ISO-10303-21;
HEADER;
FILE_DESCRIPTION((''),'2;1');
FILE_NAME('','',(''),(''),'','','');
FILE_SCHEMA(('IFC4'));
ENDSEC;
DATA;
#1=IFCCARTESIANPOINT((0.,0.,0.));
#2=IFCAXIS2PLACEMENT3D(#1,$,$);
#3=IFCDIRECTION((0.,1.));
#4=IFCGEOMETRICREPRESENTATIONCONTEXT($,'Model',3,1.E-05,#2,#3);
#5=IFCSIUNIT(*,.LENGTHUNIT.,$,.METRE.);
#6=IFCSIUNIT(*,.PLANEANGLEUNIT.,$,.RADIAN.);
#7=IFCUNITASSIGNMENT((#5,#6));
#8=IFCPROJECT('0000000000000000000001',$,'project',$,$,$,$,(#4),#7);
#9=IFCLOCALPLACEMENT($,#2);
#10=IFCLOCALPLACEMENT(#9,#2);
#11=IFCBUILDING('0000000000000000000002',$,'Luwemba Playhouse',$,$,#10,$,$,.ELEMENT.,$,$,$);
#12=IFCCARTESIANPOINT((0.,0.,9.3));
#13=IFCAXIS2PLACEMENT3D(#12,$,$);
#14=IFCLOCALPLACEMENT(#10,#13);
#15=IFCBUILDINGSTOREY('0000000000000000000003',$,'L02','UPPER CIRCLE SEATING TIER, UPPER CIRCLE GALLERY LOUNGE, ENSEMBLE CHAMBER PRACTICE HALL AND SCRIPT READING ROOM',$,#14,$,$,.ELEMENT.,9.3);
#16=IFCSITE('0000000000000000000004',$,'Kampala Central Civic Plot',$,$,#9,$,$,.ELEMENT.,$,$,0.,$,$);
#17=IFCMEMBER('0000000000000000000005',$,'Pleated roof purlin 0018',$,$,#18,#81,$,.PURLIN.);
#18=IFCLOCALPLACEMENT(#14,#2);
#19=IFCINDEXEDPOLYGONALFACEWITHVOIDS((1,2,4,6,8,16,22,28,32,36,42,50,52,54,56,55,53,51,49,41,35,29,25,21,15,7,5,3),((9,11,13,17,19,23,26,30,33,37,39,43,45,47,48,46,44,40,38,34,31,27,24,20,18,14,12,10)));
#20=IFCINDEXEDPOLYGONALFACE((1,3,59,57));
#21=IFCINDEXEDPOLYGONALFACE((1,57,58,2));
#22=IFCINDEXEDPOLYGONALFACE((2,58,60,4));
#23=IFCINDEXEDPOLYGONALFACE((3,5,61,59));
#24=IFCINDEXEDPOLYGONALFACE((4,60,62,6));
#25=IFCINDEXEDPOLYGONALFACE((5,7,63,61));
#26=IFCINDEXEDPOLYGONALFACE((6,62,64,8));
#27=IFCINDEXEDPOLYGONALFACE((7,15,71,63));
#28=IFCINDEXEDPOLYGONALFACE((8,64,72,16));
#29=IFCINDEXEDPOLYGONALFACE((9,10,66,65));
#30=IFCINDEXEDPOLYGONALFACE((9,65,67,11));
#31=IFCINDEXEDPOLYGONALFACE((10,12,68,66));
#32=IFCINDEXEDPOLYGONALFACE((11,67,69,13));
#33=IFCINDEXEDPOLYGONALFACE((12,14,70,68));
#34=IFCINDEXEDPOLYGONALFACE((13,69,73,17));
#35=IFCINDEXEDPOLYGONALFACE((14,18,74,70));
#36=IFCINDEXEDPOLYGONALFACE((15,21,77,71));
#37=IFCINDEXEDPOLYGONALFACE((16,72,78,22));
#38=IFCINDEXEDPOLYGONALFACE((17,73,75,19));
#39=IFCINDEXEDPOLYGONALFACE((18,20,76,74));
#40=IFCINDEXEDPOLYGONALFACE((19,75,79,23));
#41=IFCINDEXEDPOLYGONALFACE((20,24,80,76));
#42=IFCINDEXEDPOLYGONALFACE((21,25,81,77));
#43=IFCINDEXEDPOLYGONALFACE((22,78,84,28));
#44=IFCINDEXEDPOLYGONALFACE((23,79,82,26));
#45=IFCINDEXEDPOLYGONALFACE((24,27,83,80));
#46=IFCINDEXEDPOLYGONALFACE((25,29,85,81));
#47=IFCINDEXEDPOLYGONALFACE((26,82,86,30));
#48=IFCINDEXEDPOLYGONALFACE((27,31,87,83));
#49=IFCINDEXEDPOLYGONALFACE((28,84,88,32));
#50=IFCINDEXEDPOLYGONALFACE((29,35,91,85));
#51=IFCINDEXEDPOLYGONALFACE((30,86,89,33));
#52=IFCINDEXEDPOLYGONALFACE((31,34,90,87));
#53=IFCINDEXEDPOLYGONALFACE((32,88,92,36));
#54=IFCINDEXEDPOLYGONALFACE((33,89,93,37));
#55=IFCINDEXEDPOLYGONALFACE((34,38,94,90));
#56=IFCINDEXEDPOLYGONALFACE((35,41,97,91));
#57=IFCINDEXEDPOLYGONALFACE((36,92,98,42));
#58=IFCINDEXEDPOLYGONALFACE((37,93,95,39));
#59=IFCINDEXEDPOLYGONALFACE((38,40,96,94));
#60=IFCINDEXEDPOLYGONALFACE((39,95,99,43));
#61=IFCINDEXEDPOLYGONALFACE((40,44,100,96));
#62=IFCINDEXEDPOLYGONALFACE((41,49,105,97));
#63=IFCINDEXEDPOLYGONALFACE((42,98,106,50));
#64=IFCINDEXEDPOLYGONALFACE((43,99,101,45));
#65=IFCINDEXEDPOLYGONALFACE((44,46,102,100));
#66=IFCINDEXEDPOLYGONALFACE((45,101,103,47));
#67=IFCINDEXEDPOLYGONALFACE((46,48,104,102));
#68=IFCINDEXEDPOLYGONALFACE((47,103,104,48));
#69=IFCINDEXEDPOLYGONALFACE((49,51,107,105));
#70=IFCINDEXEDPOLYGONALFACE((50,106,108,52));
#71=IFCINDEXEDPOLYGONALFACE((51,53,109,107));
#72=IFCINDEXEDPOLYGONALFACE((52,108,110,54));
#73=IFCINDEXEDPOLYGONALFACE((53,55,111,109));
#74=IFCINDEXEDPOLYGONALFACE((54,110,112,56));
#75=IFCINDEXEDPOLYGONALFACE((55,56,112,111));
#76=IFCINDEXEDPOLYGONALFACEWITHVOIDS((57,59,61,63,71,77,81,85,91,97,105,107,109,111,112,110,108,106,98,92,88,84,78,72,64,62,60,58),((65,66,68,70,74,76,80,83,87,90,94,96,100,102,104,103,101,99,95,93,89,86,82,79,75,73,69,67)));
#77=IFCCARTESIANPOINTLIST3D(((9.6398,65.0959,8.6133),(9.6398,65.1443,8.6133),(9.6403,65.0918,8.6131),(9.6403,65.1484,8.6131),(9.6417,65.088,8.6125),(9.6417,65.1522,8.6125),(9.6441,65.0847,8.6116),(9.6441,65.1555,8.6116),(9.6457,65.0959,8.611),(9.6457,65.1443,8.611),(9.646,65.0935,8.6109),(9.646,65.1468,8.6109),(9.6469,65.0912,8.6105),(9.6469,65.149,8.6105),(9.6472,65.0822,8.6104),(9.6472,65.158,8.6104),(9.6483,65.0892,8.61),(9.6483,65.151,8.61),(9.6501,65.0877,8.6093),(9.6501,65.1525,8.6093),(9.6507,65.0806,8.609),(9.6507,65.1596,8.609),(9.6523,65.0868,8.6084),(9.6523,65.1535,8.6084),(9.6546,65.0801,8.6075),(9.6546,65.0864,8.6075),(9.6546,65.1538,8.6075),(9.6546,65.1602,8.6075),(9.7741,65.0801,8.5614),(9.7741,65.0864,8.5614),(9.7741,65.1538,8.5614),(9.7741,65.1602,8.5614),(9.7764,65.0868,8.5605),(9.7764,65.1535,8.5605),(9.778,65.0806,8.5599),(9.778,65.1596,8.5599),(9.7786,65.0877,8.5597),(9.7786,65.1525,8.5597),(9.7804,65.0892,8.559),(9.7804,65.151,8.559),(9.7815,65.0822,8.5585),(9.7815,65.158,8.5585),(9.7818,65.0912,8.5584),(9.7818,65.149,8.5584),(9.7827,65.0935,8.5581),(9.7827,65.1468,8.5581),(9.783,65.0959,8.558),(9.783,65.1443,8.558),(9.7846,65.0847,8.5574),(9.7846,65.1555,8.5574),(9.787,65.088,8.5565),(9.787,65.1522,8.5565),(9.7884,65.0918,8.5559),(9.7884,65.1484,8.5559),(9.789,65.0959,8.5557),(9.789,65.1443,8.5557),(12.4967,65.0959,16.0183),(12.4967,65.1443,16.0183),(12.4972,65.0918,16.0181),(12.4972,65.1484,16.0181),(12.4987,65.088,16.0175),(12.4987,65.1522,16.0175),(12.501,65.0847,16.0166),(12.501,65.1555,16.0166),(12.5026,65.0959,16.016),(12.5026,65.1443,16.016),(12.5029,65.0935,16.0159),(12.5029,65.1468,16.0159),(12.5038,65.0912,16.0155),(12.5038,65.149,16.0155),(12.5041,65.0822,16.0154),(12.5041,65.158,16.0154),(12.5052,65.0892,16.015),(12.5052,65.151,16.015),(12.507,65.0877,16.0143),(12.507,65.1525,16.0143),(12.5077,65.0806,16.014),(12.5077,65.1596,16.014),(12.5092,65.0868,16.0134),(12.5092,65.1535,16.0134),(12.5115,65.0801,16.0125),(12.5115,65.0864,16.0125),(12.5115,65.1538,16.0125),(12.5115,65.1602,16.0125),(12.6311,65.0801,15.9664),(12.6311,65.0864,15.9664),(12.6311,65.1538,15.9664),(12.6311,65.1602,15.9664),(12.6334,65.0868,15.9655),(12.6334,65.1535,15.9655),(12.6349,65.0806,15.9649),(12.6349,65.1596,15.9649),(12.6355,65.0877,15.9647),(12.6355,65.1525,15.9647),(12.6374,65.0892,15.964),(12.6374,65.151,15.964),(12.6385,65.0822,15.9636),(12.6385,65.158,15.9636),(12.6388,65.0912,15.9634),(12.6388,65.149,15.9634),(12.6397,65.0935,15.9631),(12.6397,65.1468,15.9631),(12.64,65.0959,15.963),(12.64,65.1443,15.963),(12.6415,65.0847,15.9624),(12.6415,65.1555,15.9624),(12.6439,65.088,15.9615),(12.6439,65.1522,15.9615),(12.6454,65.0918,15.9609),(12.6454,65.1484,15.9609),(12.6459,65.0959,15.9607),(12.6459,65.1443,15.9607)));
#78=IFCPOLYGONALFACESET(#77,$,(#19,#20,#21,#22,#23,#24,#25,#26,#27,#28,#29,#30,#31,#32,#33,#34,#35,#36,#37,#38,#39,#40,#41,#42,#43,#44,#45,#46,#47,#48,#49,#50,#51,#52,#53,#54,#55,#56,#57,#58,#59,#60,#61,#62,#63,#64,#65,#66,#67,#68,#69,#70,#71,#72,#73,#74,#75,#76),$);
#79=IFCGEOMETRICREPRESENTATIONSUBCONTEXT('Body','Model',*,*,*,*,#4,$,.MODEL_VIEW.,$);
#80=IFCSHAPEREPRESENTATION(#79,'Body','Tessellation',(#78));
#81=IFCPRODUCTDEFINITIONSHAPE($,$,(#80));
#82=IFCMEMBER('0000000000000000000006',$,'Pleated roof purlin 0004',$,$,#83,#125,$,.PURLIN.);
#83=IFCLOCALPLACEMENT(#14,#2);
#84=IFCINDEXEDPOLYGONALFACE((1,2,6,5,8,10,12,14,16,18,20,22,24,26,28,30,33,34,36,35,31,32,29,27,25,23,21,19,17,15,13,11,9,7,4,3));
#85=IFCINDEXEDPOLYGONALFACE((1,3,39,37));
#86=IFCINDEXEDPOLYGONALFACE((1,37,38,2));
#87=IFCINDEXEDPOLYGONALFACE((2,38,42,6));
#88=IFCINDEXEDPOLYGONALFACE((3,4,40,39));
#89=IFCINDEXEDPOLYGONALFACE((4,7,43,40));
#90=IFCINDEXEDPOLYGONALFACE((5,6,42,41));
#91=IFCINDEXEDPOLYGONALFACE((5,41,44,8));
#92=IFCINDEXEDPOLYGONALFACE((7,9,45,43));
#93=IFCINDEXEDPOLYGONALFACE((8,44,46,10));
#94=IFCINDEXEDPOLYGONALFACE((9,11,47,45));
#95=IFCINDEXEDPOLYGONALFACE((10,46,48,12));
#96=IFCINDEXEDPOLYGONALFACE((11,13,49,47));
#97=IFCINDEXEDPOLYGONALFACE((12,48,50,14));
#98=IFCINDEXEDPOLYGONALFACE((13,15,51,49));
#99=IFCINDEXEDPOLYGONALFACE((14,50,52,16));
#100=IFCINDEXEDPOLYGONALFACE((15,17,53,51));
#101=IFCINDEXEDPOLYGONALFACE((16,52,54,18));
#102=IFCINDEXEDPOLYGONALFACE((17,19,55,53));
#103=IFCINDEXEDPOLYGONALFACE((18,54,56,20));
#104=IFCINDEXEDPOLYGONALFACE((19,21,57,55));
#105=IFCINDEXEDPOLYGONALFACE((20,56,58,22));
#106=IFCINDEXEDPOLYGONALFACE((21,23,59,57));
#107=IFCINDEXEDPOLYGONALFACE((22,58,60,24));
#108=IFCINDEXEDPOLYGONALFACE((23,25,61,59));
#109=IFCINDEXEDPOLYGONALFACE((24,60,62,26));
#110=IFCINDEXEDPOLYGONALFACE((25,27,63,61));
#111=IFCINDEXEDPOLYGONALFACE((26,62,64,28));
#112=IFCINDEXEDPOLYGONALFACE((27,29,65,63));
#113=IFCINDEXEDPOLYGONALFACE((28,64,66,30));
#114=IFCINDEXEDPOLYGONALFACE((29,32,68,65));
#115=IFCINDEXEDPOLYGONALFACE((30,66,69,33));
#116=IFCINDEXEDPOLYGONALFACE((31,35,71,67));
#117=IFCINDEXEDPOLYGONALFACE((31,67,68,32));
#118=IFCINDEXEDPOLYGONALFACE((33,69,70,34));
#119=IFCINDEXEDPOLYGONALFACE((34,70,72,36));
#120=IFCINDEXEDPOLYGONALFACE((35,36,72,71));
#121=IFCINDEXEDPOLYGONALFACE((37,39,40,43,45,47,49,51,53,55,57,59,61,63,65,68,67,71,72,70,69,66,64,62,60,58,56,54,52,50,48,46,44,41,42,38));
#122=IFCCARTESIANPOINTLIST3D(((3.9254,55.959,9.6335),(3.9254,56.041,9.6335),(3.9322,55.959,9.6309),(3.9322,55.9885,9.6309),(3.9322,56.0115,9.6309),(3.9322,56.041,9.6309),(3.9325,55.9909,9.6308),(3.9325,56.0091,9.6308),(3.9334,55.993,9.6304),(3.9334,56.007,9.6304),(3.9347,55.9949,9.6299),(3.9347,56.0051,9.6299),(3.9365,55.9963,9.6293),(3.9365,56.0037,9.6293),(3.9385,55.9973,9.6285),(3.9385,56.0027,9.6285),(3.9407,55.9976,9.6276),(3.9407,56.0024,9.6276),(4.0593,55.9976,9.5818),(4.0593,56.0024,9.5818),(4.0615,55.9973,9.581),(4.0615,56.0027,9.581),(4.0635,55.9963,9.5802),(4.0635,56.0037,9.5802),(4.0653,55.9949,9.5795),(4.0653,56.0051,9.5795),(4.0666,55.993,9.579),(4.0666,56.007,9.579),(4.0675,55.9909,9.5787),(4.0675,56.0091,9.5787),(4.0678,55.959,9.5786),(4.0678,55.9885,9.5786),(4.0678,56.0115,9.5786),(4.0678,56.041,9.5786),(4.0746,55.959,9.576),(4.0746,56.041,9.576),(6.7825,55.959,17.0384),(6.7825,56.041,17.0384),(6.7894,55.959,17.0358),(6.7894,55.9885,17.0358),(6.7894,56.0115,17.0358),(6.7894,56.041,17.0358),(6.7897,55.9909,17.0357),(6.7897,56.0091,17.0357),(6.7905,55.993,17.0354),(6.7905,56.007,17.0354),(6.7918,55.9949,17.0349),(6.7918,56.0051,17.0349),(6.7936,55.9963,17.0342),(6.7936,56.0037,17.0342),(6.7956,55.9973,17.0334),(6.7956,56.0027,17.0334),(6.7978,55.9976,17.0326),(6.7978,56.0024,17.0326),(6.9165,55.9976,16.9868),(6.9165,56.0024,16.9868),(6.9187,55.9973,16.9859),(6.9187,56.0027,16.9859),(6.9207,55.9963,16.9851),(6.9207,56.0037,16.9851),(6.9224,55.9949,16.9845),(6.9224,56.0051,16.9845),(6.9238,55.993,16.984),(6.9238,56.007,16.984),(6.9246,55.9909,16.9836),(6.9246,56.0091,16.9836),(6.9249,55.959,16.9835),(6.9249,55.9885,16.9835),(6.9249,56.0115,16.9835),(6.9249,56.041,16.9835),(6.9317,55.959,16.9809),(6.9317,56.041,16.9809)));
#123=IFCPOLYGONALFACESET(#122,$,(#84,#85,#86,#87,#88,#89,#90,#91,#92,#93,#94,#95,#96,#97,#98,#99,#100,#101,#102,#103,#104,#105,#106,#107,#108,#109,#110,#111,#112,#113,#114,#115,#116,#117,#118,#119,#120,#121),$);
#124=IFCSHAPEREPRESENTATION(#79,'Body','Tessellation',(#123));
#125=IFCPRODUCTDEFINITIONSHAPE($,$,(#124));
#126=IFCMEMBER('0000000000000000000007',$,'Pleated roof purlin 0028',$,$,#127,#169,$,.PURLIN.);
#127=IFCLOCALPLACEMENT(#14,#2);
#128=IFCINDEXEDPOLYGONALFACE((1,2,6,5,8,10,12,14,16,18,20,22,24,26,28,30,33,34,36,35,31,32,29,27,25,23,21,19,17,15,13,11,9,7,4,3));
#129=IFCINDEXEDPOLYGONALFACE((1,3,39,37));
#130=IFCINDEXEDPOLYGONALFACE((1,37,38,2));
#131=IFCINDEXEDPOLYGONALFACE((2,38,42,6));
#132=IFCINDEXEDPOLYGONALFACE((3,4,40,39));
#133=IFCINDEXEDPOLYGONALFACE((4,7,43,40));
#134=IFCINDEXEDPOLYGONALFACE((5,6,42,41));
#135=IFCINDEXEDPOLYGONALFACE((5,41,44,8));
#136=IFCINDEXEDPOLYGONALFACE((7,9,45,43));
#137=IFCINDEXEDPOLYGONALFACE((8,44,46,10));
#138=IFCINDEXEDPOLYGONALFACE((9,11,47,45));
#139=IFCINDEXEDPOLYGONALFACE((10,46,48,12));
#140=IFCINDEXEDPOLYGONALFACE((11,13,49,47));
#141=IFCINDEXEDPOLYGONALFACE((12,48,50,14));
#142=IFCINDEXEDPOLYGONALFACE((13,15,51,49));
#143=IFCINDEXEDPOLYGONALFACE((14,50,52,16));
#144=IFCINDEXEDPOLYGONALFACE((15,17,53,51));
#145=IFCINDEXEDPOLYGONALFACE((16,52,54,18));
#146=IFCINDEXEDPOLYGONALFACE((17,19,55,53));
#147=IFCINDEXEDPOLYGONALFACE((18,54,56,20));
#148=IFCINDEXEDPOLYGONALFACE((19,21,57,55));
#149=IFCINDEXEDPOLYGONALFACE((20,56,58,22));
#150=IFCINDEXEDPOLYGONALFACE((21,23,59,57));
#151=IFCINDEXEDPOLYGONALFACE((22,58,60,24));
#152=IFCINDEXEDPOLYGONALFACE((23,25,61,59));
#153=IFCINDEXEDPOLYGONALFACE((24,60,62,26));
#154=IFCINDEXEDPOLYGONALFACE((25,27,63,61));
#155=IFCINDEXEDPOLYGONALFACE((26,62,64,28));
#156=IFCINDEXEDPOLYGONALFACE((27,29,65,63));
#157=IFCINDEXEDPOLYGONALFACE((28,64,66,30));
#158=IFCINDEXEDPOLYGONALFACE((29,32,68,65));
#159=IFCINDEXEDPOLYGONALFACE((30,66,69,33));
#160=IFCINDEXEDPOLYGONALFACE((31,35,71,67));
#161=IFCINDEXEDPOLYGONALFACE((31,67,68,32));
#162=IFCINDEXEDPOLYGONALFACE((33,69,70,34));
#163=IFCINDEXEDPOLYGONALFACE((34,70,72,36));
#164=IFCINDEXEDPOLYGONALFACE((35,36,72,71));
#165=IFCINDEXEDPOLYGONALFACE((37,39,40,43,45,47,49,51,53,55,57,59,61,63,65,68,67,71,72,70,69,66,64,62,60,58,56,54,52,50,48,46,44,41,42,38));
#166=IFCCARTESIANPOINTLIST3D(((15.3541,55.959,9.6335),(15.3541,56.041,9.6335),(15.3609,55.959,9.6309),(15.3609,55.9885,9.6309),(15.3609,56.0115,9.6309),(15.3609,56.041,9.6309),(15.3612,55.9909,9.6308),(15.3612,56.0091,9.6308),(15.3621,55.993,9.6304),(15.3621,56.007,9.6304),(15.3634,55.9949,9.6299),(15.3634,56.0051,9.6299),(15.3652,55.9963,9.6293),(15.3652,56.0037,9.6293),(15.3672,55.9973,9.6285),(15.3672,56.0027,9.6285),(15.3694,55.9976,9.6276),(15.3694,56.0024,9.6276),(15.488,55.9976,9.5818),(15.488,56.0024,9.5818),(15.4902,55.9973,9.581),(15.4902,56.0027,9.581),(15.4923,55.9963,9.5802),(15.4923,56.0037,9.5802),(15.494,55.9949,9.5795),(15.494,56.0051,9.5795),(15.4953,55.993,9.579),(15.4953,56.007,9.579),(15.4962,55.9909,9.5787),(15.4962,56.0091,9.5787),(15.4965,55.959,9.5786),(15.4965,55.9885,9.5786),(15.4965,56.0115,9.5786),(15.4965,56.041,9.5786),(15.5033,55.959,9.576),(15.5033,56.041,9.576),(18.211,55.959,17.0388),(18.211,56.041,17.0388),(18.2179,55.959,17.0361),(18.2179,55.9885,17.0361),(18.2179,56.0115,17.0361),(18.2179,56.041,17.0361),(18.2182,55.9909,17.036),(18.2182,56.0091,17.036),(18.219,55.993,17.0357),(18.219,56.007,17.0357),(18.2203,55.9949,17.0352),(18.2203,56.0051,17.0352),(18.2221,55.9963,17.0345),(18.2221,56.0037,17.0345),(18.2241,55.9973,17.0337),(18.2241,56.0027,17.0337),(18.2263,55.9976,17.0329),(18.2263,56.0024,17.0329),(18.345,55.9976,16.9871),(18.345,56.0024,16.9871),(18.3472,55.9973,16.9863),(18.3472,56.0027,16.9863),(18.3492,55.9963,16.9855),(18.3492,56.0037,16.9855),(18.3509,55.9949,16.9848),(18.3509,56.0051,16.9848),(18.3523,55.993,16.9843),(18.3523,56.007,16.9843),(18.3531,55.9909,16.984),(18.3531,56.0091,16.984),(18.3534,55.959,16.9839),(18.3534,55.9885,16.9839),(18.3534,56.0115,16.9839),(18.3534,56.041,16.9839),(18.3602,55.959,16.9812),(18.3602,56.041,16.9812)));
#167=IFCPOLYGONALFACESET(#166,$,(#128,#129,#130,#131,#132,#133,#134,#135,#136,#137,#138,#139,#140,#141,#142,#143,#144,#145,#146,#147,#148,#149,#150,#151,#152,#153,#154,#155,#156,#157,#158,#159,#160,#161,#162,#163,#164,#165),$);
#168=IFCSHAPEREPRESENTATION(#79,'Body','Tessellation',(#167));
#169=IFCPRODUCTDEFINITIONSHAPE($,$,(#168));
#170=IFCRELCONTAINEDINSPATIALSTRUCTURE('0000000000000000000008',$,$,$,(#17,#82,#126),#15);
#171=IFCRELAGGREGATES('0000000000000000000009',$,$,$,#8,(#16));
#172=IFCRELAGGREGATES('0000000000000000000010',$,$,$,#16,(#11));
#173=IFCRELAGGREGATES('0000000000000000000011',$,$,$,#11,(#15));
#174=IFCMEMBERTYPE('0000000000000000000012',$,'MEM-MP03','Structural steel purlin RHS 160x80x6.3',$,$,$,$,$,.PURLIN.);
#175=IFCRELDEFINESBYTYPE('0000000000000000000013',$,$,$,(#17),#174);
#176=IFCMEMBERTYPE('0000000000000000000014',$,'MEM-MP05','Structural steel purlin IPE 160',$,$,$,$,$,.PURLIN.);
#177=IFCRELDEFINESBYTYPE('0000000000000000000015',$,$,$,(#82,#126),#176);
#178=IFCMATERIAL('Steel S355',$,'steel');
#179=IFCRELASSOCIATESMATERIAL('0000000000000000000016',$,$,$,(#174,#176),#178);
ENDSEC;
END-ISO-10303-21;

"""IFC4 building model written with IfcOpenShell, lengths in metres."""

from ifc_helpers import new_model, si_unit, direction, frame, origin, origin_2d, place, context, subcontext, project, spatial, hollow_rectangle, i_section, extrude, material, material_profile, profile_set, type_object, element, save


model = new_model("IFC4")

# Units and contexts
model_context = context("Model", 3, precision=1e-05, world=origin(), true_north=direction((0.0, 1.0)))
body_context = subcontext(model_context, "Body", "Model", "MODEL_VIEW")
ifc_project = project(units=[si_unit("LENGTHUNIT", "METRE"), si_unit("PLANEANGLEUNIT", "RADIAN")], contexts=[model_context])

# Site, building, storey
site_placement = place(None, origin())
site = spatial("IfcSite", under=ifc_project, at=site_placement, Name="Kampala Central Civic Plot", CompositionType="ELEMENT", RefElevation=0.0)
building_placement = place(site_placement, origin())
building = spatial("IfcBuilding", under=site, at=building_placement, Name="Luwemba Playhouse", CompositionType="ELEMENT")
storey_placement = place(building_placement, frame((0.0, 0.0, 9.3)))
storey = spatial("IfcBuildingStorey", under=building, at=storey_placement, Name="L02", Description="UPPER CIRCLE SEATING TIER, UPPER CIRCLE GALLERY LOUNGE, ENSEMBLE CHAMBER PRACTICE HALL AND SCRIPT READING ROOM", CompositionType="ELEMENT", Elevation=9.3)

# Shared definitions
ifc_material_1 = material(Name="Steel S355", Category="steel")

# Members
ifc_material_profile_1 = material_profile(ifc_material_1, hollow_rectangle(XDim=0.0801, YDim=0.1599, WallThickness=0.0063, InnerFilletRadius=0.0095, OuterFilletRadius=0.0159, at=origin_2d()))
ifc_profile_set_1 = profile_set([ifc_material_profile_1], Name="Steel S355")
member_type_1 = type_object("IfcMemberType", Name="MEM-MP03", Description="Structural steel purlin RHS 160x80x6.3", PredefinedType="PURLIN", material=ifc_profile_set_1)
member_1_placement = place(storey_placement, frame((9.7144, 65.1201, 8.5845), z_axis=(0.35995, 0.0, 0.932972), x_axis=(0.0, 1.0, 0.0)))
element("IfcMember", 1, at=member_1_placement, inside=storey, type_object=member_type_1, Name="Pleated roof purlin 0018", PredefinedType="PURLIN", context=body_context, shape_type="SweptSolid", body=[
    extrude(hollow_rectangle(XDim=0.0801, YDim=0.1599, WallThickness=0.0063, InnerFilletRadius=0.0095, OuterFilletRadius=0.0159, at=origin_2d()), origin(), (0.0, 0.0, 1.0), 7.937),
])
ifc_material_profile_2 = material_profile(ifc_material_1, i_section(OverallWidth=0.082, OverallDepth=0.1599, WebThickness=0.0049, FlangeThickness=0.0073, FilletRadius=0.009, at=origin_2d()))
ifc_profile_set_2 = profile_set([ifc_material_profile_2], Name="Steel S355")
member_type_2 = type_object("IfcMemberType", Name="MEM-MP05", Description="Structural steel purlin IPE 160", PredefinedType="PURLIN", material=ifc_profile_set_2)
member_2_placement = place(storey_placement, frame((4.0, 56.0, 9.6047), z_axis=(0.359976, 0.0, 0.932961), x_axis=(0.0, 1.0, 0.0)))
element("IfcMember", 2, at=member_2_placement, inside=storey, type_object=member_type_2, Name="Pleated roof purlin 0004", PredefinedType="PURLIN", context=body_context, shape_type="SweptSolid", body=[
    extrude(i_section(OverallWidth=0.082, OverallDepth=0.1599, WebThickness=0.0049, FlangeThickness=0.0073, FilletRadius=0.009, at=origin_2d()), origin(), (0.0, 0.0, 1.0), 7.937),
])
member_3_placement = place(storey_placement, frame((15.4287, 56.0, 9.6047), z_axis=(0.359939, 0.0, 0.932976), x_axis=(0.0, 1.0, 0.0)))
element("IfcMember", 3, at=member_3_placement, inside=storey, type_object=member_type_2, Name="Pleated roof purlin 0028", PredefinedType="PURLIN", context=body_context, shape_type="SweptSolid", body=[
    extrude(i_section(OverallWidth=0.082, OverallDepth=0.1599, WebThickness=0.0049, FlangeThickness=0.0073, FilletRadius=0.009, at=origin_2d()), origin(), (0.0, 0.0, 1.0), 7.9373),
])

save(model, "model.ifc")
